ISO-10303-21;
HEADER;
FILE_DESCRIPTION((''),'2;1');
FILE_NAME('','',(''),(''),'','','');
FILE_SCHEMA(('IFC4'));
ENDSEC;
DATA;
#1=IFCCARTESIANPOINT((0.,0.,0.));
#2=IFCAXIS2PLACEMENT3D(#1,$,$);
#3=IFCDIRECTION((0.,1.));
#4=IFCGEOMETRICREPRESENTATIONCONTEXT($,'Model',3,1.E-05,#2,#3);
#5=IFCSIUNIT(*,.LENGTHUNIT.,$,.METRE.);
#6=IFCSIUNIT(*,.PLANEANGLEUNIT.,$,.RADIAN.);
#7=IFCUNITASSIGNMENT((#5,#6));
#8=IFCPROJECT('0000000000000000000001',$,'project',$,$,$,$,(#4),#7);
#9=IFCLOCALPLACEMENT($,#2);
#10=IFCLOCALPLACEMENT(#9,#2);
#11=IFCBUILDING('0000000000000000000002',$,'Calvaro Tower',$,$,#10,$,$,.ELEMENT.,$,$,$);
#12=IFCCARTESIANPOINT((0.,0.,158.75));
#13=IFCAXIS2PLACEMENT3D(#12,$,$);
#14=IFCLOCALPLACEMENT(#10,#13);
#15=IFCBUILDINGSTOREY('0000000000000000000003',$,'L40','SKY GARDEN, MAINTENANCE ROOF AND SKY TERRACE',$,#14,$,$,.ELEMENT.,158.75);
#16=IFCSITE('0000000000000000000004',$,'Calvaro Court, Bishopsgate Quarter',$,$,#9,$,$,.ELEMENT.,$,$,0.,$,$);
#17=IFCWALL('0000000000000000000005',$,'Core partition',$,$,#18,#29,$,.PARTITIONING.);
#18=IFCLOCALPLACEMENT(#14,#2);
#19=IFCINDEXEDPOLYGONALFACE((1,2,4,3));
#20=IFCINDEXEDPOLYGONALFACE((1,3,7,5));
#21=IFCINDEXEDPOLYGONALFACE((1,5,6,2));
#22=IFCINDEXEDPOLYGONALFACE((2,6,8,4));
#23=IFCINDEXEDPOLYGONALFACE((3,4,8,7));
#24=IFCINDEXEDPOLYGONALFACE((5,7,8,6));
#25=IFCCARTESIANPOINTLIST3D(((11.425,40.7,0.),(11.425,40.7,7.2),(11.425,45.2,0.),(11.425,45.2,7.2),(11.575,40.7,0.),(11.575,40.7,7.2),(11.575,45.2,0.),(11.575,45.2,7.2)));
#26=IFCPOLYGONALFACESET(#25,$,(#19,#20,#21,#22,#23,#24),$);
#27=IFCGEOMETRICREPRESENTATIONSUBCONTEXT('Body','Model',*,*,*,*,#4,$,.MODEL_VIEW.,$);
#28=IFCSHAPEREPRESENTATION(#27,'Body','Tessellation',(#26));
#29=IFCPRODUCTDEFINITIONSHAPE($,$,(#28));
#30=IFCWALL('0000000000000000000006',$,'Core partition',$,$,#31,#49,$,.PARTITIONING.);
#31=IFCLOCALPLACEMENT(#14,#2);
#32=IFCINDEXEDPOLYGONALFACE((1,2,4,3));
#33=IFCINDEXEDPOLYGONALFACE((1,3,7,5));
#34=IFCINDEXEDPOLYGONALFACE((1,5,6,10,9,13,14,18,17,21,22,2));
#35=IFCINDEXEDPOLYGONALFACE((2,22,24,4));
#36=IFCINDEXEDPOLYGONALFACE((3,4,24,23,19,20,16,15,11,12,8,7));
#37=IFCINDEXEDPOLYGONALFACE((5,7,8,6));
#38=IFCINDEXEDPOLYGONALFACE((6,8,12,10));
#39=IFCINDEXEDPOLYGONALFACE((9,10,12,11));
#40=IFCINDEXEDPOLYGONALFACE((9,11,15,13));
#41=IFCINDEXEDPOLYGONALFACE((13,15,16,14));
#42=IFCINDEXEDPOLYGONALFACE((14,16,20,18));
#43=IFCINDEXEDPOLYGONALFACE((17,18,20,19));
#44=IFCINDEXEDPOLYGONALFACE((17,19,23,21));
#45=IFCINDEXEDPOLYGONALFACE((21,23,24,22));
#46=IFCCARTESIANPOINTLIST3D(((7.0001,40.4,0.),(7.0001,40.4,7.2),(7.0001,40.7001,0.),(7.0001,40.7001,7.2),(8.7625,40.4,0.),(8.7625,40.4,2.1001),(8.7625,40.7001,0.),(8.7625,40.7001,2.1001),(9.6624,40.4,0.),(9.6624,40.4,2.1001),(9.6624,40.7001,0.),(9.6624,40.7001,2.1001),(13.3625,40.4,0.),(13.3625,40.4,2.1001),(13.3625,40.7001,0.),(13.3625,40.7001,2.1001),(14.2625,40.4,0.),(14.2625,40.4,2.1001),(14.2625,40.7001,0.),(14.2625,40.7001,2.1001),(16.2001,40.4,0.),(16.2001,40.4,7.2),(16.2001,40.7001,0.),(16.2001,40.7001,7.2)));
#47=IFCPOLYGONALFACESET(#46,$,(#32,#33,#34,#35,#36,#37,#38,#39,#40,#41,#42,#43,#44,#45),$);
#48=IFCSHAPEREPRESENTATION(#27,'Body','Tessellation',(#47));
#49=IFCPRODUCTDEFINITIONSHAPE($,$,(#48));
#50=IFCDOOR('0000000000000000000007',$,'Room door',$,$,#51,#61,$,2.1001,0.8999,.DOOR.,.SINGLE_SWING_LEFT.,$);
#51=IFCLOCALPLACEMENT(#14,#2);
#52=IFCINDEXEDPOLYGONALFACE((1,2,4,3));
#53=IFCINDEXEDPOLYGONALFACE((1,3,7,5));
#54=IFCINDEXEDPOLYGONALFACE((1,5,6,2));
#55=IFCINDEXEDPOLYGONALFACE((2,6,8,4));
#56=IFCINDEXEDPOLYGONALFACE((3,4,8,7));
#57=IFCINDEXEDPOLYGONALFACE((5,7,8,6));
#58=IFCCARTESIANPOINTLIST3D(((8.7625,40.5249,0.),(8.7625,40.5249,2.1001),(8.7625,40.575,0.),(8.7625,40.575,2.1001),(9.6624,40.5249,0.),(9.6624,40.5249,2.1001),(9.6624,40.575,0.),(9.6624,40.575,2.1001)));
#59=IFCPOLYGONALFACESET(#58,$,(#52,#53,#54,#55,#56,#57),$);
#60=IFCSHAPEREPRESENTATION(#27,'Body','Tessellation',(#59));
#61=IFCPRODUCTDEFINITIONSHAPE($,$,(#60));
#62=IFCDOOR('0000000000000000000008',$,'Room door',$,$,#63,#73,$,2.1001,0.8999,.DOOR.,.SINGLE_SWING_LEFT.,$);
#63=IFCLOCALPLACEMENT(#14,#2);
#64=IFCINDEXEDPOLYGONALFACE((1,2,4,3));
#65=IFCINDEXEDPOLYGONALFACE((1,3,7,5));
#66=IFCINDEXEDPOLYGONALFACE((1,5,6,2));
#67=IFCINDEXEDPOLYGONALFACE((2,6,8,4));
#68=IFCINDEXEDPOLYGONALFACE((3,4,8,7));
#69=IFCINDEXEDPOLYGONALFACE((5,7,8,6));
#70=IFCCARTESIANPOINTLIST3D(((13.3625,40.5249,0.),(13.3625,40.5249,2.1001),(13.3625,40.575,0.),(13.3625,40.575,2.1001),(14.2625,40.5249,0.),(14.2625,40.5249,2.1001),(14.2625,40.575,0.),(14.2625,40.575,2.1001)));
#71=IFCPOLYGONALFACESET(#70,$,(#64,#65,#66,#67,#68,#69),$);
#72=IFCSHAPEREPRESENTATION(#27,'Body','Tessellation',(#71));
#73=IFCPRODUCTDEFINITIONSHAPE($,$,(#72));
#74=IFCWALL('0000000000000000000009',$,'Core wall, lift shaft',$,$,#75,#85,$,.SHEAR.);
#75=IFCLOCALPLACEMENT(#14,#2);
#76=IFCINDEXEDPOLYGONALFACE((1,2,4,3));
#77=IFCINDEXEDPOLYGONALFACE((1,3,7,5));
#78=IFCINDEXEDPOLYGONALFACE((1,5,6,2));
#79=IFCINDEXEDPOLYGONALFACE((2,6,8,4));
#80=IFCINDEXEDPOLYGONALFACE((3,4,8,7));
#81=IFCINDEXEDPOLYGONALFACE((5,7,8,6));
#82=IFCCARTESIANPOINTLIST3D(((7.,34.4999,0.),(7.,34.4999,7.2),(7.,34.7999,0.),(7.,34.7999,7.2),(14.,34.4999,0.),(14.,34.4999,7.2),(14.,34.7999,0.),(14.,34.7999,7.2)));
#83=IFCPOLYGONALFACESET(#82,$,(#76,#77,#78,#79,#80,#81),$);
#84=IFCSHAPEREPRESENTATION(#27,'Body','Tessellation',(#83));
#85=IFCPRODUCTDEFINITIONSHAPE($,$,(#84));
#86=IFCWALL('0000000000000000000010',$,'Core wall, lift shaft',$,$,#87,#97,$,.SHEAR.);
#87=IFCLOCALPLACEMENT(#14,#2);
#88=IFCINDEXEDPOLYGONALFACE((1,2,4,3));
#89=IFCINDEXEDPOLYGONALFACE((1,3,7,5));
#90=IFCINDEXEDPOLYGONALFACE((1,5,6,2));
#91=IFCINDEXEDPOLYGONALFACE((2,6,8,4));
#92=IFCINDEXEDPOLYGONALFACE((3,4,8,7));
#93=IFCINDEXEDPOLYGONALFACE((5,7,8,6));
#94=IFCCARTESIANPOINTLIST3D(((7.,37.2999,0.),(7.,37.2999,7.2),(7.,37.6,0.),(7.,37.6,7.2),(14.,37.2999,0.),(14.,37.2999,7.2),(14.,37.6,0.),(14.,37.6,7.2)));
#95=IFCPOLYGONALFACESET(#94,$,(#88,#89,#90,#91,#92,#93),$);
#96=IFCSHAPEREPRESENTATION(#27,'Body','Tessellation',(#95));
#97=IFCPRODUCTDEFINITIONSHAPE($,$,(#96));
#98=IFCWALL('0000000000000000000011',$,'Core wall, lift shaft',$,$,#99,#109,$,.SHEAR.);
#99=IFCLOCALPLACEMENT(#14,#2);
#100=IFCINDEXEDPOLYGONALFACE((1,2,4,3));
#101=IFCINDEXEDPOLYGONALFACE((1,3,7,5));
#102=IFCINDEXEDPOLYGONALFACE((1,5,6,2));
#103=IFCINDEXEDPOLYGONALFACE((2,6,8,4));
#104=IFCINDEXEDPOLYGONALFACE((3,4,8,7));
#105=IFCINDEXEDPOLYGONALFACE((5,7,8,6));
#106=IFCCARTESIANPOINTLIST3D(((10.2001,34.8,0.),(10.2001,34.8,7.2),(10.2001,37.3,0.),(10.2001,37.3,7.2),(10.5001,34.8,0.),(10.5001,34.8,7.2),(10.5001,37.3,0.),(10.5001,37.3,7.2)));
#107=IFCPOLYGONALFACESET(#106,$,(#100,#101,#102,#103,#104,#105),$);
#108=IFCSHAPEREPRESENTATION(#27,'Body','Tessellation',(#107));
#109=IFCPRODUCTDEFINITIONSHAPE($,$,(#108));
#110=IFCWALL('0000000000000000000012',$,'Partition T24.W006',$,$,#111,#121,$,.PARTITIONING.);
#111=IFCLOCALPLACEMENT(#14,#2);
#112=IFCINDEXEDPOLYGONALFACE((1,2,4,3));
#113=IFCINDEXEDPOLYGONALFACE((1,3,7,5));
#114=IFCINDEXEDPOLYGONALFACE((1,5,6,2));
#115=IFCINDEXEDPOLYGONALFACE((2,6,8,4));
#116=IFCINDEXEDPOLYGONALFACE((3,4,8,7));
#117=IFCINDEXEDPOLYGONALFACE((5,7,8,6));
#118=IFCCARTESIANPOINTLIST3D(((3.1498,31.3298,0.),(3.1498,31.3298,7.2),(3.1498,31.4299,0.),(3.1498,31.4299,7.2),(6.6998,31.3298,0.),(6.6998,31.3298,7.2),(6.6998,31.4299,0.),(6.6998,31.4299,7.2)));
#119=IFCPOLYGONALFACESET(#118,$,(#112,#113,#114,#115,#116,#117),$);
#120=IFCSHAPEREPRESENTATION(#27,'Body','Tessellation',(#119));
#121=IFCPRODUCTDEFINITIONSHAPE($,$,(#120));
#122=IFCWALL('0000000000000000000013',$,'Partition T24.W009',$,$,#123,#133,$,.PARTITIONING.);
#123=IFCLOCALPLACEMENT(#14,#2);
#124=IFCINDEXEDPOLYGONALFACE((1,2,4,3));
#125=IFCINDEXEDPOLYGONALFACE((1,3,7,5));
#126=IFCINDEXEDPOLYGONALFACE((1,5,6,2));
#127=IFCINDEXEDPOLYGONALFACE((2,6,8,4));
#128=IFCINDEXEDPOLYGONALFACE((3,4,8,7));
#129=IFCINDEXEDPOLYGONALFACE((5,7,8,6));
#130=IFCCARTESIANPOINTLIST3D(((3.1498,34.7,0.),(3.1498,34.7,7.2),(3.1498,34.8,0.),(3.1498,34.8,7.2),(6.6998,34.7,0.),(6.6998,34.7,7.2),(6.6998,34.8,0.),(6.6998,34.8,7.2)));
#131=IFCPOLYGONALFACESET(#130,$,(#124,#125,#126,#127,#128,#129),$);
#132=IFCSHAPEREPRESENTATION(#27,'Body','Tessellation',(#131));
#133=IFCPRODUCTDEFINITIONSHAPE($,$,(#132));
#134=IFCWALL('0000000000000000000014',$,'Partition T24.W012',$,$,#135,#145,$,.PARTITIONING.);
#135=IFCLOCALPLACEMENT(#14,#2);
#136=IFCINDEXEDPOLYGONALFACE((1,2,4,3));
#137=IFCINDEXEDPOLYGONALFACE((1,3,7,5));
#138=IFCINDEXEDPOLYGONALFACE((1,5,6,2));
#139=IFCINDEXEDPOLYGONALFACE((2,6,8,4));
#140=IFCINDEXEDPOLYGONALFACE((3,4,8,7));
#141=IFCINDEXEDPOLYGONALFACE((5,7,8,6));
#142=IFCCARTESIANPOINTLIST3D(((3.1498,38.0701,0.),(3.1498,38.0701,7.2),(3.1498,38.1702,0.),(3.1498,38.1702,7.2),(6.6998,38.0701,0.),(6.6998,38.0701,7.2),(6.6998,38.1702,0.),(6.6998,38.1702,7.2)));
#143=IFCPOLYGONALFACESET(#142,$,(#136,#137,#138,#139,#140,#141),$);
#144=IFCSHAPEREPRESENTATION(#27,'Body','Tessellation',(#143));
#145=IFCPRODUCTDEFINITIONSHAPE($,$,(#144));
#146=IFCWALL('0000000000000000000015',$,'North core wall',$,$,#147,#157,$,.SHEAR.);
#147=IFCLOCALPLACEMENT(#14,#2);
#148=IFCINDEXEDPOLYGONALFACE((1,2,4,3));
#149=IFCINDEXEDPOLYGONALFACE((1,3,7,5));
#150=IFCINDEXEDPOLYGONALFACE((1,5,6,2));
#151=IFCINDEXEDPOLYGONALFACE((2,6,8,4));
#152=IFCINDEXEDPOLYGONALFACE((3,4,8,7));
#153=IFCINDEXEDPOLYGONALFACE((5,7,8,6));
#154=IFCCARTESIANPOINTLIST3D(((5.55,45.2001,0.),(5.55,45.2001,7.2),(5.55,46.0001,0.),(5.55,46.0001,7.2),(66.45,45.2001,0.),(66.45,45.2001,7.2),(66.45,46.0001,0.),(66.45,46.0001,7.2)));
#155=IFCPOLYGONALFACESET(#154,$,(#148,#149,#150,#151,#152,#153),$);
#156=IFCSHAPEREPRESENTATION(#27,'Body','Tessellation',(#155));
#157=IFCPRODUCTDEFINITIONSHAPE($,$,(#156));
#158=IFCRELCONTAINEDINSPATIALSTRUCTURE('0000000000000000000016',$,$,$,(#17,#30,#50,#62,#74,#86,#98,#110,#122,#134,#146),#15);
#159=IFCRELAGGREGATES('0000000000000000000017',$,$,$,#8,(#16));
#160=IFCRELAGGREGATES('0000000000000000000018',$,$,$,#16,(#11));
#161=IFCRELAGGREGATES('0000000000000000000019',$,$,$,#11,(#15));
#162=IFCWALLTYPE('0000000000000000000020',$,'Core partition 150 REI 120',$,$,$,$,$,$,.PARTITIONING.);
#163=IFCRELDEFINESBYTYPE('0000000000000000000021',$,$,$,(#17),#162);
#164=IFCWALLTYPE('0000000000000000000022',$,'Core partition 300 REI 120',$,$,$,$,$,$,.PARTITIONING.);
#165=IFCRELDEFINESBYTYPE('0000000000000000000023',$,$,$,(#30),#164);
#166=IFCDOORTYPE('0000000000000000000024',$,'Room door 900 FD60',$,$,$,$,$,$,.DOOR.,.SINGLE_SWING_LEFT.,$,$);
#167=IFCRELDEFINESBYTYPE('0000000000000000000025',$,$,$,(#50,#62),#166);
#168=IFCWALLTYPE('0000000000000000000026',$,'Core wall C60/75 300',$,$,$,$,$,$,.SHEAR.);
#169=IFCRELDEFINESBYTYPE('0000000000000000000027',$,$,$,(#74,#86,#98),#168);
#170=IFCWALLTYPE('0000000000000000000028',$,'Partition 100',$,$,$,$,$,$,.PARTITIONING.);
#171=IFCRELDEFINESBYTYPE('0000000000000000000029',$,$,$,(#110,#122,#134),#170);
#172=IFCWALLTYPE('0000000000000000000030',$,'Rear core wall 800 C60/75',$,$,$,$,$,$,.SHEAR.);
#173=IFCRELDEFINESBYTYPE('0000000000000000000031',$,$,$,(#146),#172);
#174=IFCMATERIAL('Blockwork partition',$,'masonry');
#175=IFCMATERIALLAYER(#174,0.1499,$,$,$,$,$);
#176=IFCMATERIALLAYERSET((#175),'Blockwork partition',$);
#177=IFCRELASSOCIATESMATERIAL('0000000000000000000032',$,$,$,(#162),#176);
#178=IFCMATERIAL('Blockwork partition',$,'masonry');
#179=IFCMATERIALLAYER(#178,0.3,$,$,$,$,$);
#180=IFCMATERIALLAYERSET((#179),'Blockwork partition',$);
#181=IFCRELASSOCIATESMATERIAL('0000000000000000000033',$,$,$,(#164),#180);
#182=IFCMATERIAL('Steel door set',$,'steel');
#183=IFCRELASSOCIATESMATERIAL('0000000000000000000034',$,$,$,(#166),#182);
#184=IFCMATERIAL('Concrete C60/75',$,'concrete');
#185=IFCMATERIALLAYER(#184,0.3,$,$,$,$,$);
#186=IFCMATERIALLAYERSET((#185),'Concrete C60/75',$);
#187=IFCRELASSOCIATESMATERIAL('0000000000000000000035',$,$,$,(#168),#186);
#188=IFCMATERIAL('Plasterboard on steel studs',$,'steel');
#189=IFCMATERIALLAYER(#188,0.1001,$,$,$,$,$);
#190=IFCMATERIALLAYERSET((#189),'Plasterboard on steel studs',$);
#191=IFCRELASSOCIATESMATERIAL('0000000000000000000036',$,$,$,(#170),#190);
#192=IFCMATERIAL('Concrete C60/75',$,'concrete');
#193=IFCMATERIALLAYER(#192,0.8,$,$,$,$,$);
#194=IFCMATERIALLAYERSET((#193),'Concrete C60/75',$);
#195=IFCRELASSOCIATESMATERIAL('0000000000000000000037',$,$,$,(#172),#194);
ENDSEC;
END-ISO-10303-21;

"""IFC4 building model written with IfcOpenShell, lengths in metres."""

from ifc_helpers import new_model, si_unit, direction, frame, frame_2d, origin, place, context, subcontext, project, spatial, rectangle, extrude, material, layer, layer_set, type_object, element, fill, save


model = new_model("IFC4")

# Units and contexts
model_context = context("Model", 3, precision=1e-05, world=origin(), true_north=direction((0.0, 1.0)))
body_context = subcontext(model_context, "Body", "Model", "MODEL_VIEW")
ifc_project = project(units=[si_unit("LENGTHUNIT", "METRE"), si_unit("PLANEANGLEUNIT", "RADIAN")], contexts=[model_context])

# Site, building, storey
site_placement = place(None, origin())
site = spatial("IfcSite", under=ifc_project, at=site_placement, Name="Calvaro Court, Bishopsgate Quarter", CompositionType="ELEMENT", RefElevation=0.0)
building_placement = place(site_placement, origin())
building = spatial("IfcBuilding", under=site, at=building_placement, Name="Calvaro Tower", CompositionType="ELEMENT")
storey_placement = place(building_placement, frame((0.0, 0.0, 158.75)))
storey = spatial("IfcBuildingStorey", under=building, at=storey_placement, Name="L40", Description="SKY GARDEN, MAINTENANCE ROOF AND SKY TERRACE", CompositionType="ELEMENT", Elevation=158.75)

# Wall
ifc_material_1 = material(Name="Blockwork partition", Category="masonry")
ifc_layer_1 = layer(ifc_material_1, 0.1499)
ifc_layer_set_1 = layer_set([ifc_layer_1], Name="Blockwork partition")
wall_type_1 = type_object("IfcWallType", Name="Core partition 150 REI 120", PredefinedType="PARTITIONING", material=ifc_layer_set_1)
wall_1_placement = place(storey_placement, frame((11.5, 40.7, 0.0), z_axis=(0.0, 0.0, 1.0), x_axis=(0.0, 1.0, 0.0)))
element("IfcWall", 1, at=wall_1_placement, inside=storey, type_object=wall_type_1, Name="Core partition", PredefinedType="PARTITIONING", context=body_context, shape_type="SweptSolid", body=[
    extrude(rectangle(XDim=4.5, YDim=0.1499, at=frame_2d((2.25, 0.0))), origin(), (0.0, 0.0, 1.0), 7.2),
])

# Wall, openings, doors
ifc_material_2 = material(Name="Blockwork partition", Category="masonry")
ifc_layer_2 = layer(ifc_material_2, 0.3)
ifc_layer_set_2 = layer_set([ifc_layer_2], Name="Blockwork partition")
wall_type_2 = type_object("IfcWallType", Name="Core partition 300 REI 120", PredefinedType="PARTITIONING", material=ifc_layer_set_2)
wall_2_placement = place(storey_placement, frame((7.0, 40.55, 0.0), z_axis=(0.0, 0.0, 1.0), x_axis=(1.0, 0.0, 0.0)))
wall_2 = element("IfcWall", 2, at=wall_2_placement, inside=storey, type_object=wall_type_2, Name="Core partition", PredefinedType="PARTITIONING", context=body_context, shape_type="SweptSolid", body=[
    extrude(rectangle(XDim=9.2, YDim=0.3, at=frame_2d((4.6001, 0.0))), origin(), (0.0, 0.0, 1.0), 7.2),
])
opening_1_placement = place(wall_2_placement, frame((1.7625, 0.0, 0.0)))
opening_1 = element("IfcOpeningElement", 3, at=opening_1_placement, cuts=wall_2, PredefinedType="OPENING", context=body_context, shape_type="SweptSolid", body=[
    extrude(rectangle(XDim=0.8999, YDim=2.1001, at=frame_2d((0.45, 1.05))), frame((0.0, 0.1599, 0.0), z_axis=(0.0, -1.0, 0.0), x_axis=(1.0, 0.0, 0.0)), (0.0, 0.0, 1.0), 0.3201),
])
opening_2_placement = place(wall_2_placement, frame((6.3625, 0.0, 0.0)))
opening_2 = element("IfcOpeningElement", 4, at=opening_2_placement, cuts=wall_2, PredefinedType="OPENING", context=body_context, shape_type="SweptSolid", body=[
    extrude(rectangle(XDim=0.8999, YDim=2.1001, at=frame_2d((0.45, 1.05))), frame((0.0, 0.1599, 0.0), z_axis=(0.0, -1.0, 0.0), x_axis=(1.0, 0.0, 0.0)), (0.0, 0.0, 1.0), 0.3201),
])
ifc_material_3 = material(Name="Steel door set", Category="steel")
door_type = type_object("IfcDoorType", Name="Room door 900 FD60", OperationType="SINGLE_SWING_LEFT", PredefinedType="DOOR", material=ifc_material_3)
door_1_placement = place(opening_1_placement, origin())
door_1 = element("IfcDoor", 5, at=door_1_placement, inside=storey, type_object=door_type, Name="Room door", OperationType="SINGLE_SWING_LEFT", OverallHeight=2.1001, OverallWidth=0.8999, PredefinedType="DOOR", context=body_context, shape_type="SweptSolid", body=[
    extrude(rectangle(XDim=0.8999, YDim=2.1001, at=frame_2d((0.45, 1.05))), frame((0.0, 0.0249, 0.0), z_axis=(0.0, -1.0, 0.0), x_axis=(1.0, 0.0, 0.0)), (0.0, 0.0, 1.0), 0.05),
])
fill(opening_1, door_1)
door_2_placement = place(opening_2_placement, origin())
door_2 = element("IfcDoor", 6, at=door_2_placement, inside=storey, type_object=door_type, Name="Room door", OperationType="SINGLE_SWING_LEFT", OverallHeight=2.1001, OverallWidth=0.8999, PredefinedType="DOOR", context=body_context, shape_type="SweptSolid", body=[
    extrude(rectangle(XDim=0.8999, YDim=2.1001, at=frame_2d((0.45, 1.05))), frame((0.0, 0.0249, 0.0), z_axis=(0.0, -1.0, 0.0), x_axis=(1.0, 0.0, 0.0)), (0.0, 0.0, 1.0), 0.05),
])
fill(opening_2, door_2)

# Walls
ifc_material_4 = material(Name="Concrete C60/75", Category="concrete")
ifc_layer_3 = layer(ifc_material_4, 0.3)
ifc_layer_set_3 = layer_set([ifc_layer_3], Name="Concrete C60/75")
wall_type_3 = type_object("IfcWallType", Name="Core wall C60/75 300", PredefinedType="SHEAR", material=ifc_layer_set_3)
for number, where, z_axis, x_axis, name in (
    (7, (7.0, 34.6499, 0.0), (0.0, 0.0, 1.0), (1.0, 0.0, 0.0), "Core wall, lift shaft"),
    (8, (7.0, 37.45, 0.0), (0.0, 0.0, 1.0), (1.0, 0.0, 0.0), "Core wall, lift shaft"),
):
    element("IfcWall", number, at=place(storey_placement, frame(where, z_axis=z_axis, x_axis=x_axis)), inside=storey, type_object=wall_type_3, Name=name, PredefinedType="SHEAR", context=body_context, shape_type="SweptSolid", body=[
        extrude(rectangle(XDim=7.0, YDim=0.3, at=frame_2d((3.5, 0.0))), origin(), (0.0, 0.0, 1.0), 7.2),
    ])
wall_3_placement = place(storey_placement, frame((10.3501, 34.8, 0.0), z_axis=(0.0, 0.0, 1.0), x_axis=(0.0, 1.0, 0.0)))
element("IfcWall", 9, at=wall_3_placement, inside=storey, type_object=wall_type_3, Name="Core wall, lift shaft", PredefinedType="SHEAR", context=body_context, shape_type="SweptSolid", body=[
    extrude(rectangle(XDim=2.5, YDim=0.3, at=frame_2d((1.25, 0.0))), origin(), (0.0, 0.0, 1.0), 7.2),
])
ifc_material_5 = material(Name="Plasterboard on steel studs", Category="steel")
ifc_layer_4 = layer(ifc_material_5, 0.1001)
ifc_layer_set_4 = layer_set([ifc_layer_4], Name="Plasterboard on steel studs")
wall_type_4 = type_object("IfcWallType", Name="Partition 100", PredefinedType="PARTITIONING", material=ifc_layer_set_4)
for number, where, z_axis, x_axis, name in (
    (10, (3.1499, 31.3799, 0.0), (0.0, 0.0, 1.0), (1.0, 0.0, 0.0), "Partition T24.W006"),
    (11, (3.1499, 34.75, 0.0), (0.0, 0.0, 1.0), (1.0, 0.0, 0.0), "Partition T24.W009"),
    (12, (3.1499, 38.1201, 0.0), (0.0, 0.0, 1.0), (1.0, 0.0, 0.0), "Partition T24.W012"),
):
    element("IfcWall", number, at=place(storey_placement, frame(where, z_axis=z_axis, x_axis=x_axis)), inside=storey, type_object=wall_type_4, Name=name, PredefinedType="PARTITIONING", context=body_context, shape_type="SweptSolid", body=[
        extrude(rectangle(XDim=3.55, YDim=0.1001, at=frame_2d((1.7749, 0.0))), origin(), (0.0, 0.0, 1.0), 7.2),
    ])
ifc_material_6 = material(Name="Concrete C60/75", Category="concrete")
ifc_layer_5 = layer(ifc_material_6, 0.8)
ifc_layer_set_5 = layer_set([ifc_layer_5], Name="Concrete C60/75")
wall_type_5 = type_object("IfcWallType", Name="Rear core wall 800 C60/75", PredefinedType="SHEAR", material=ifc_layer_set_5)
wall_4_placement = place(storey_placement, frame((5.55, 45.6001, 0.0), z_axis=(0.0, 0.0, 1.0), x_axis=(1.0, 0.0, 0.0)))
element("IfcWall", 13, at=wall_4_placement, inside=storey, type_object=wall_type_5, Name="North core wall", PredefinedType="SHEAR", context=body_context, shape_type="SweptSolid", body=[
    extrude(rectangle(XDim=60.8999, YDim=0.8, at=frame_2d((30.45, 0.0))), origin(), (0.0, 0.0, 1.0), 7.2),
])

save(model, "model.ifc")
